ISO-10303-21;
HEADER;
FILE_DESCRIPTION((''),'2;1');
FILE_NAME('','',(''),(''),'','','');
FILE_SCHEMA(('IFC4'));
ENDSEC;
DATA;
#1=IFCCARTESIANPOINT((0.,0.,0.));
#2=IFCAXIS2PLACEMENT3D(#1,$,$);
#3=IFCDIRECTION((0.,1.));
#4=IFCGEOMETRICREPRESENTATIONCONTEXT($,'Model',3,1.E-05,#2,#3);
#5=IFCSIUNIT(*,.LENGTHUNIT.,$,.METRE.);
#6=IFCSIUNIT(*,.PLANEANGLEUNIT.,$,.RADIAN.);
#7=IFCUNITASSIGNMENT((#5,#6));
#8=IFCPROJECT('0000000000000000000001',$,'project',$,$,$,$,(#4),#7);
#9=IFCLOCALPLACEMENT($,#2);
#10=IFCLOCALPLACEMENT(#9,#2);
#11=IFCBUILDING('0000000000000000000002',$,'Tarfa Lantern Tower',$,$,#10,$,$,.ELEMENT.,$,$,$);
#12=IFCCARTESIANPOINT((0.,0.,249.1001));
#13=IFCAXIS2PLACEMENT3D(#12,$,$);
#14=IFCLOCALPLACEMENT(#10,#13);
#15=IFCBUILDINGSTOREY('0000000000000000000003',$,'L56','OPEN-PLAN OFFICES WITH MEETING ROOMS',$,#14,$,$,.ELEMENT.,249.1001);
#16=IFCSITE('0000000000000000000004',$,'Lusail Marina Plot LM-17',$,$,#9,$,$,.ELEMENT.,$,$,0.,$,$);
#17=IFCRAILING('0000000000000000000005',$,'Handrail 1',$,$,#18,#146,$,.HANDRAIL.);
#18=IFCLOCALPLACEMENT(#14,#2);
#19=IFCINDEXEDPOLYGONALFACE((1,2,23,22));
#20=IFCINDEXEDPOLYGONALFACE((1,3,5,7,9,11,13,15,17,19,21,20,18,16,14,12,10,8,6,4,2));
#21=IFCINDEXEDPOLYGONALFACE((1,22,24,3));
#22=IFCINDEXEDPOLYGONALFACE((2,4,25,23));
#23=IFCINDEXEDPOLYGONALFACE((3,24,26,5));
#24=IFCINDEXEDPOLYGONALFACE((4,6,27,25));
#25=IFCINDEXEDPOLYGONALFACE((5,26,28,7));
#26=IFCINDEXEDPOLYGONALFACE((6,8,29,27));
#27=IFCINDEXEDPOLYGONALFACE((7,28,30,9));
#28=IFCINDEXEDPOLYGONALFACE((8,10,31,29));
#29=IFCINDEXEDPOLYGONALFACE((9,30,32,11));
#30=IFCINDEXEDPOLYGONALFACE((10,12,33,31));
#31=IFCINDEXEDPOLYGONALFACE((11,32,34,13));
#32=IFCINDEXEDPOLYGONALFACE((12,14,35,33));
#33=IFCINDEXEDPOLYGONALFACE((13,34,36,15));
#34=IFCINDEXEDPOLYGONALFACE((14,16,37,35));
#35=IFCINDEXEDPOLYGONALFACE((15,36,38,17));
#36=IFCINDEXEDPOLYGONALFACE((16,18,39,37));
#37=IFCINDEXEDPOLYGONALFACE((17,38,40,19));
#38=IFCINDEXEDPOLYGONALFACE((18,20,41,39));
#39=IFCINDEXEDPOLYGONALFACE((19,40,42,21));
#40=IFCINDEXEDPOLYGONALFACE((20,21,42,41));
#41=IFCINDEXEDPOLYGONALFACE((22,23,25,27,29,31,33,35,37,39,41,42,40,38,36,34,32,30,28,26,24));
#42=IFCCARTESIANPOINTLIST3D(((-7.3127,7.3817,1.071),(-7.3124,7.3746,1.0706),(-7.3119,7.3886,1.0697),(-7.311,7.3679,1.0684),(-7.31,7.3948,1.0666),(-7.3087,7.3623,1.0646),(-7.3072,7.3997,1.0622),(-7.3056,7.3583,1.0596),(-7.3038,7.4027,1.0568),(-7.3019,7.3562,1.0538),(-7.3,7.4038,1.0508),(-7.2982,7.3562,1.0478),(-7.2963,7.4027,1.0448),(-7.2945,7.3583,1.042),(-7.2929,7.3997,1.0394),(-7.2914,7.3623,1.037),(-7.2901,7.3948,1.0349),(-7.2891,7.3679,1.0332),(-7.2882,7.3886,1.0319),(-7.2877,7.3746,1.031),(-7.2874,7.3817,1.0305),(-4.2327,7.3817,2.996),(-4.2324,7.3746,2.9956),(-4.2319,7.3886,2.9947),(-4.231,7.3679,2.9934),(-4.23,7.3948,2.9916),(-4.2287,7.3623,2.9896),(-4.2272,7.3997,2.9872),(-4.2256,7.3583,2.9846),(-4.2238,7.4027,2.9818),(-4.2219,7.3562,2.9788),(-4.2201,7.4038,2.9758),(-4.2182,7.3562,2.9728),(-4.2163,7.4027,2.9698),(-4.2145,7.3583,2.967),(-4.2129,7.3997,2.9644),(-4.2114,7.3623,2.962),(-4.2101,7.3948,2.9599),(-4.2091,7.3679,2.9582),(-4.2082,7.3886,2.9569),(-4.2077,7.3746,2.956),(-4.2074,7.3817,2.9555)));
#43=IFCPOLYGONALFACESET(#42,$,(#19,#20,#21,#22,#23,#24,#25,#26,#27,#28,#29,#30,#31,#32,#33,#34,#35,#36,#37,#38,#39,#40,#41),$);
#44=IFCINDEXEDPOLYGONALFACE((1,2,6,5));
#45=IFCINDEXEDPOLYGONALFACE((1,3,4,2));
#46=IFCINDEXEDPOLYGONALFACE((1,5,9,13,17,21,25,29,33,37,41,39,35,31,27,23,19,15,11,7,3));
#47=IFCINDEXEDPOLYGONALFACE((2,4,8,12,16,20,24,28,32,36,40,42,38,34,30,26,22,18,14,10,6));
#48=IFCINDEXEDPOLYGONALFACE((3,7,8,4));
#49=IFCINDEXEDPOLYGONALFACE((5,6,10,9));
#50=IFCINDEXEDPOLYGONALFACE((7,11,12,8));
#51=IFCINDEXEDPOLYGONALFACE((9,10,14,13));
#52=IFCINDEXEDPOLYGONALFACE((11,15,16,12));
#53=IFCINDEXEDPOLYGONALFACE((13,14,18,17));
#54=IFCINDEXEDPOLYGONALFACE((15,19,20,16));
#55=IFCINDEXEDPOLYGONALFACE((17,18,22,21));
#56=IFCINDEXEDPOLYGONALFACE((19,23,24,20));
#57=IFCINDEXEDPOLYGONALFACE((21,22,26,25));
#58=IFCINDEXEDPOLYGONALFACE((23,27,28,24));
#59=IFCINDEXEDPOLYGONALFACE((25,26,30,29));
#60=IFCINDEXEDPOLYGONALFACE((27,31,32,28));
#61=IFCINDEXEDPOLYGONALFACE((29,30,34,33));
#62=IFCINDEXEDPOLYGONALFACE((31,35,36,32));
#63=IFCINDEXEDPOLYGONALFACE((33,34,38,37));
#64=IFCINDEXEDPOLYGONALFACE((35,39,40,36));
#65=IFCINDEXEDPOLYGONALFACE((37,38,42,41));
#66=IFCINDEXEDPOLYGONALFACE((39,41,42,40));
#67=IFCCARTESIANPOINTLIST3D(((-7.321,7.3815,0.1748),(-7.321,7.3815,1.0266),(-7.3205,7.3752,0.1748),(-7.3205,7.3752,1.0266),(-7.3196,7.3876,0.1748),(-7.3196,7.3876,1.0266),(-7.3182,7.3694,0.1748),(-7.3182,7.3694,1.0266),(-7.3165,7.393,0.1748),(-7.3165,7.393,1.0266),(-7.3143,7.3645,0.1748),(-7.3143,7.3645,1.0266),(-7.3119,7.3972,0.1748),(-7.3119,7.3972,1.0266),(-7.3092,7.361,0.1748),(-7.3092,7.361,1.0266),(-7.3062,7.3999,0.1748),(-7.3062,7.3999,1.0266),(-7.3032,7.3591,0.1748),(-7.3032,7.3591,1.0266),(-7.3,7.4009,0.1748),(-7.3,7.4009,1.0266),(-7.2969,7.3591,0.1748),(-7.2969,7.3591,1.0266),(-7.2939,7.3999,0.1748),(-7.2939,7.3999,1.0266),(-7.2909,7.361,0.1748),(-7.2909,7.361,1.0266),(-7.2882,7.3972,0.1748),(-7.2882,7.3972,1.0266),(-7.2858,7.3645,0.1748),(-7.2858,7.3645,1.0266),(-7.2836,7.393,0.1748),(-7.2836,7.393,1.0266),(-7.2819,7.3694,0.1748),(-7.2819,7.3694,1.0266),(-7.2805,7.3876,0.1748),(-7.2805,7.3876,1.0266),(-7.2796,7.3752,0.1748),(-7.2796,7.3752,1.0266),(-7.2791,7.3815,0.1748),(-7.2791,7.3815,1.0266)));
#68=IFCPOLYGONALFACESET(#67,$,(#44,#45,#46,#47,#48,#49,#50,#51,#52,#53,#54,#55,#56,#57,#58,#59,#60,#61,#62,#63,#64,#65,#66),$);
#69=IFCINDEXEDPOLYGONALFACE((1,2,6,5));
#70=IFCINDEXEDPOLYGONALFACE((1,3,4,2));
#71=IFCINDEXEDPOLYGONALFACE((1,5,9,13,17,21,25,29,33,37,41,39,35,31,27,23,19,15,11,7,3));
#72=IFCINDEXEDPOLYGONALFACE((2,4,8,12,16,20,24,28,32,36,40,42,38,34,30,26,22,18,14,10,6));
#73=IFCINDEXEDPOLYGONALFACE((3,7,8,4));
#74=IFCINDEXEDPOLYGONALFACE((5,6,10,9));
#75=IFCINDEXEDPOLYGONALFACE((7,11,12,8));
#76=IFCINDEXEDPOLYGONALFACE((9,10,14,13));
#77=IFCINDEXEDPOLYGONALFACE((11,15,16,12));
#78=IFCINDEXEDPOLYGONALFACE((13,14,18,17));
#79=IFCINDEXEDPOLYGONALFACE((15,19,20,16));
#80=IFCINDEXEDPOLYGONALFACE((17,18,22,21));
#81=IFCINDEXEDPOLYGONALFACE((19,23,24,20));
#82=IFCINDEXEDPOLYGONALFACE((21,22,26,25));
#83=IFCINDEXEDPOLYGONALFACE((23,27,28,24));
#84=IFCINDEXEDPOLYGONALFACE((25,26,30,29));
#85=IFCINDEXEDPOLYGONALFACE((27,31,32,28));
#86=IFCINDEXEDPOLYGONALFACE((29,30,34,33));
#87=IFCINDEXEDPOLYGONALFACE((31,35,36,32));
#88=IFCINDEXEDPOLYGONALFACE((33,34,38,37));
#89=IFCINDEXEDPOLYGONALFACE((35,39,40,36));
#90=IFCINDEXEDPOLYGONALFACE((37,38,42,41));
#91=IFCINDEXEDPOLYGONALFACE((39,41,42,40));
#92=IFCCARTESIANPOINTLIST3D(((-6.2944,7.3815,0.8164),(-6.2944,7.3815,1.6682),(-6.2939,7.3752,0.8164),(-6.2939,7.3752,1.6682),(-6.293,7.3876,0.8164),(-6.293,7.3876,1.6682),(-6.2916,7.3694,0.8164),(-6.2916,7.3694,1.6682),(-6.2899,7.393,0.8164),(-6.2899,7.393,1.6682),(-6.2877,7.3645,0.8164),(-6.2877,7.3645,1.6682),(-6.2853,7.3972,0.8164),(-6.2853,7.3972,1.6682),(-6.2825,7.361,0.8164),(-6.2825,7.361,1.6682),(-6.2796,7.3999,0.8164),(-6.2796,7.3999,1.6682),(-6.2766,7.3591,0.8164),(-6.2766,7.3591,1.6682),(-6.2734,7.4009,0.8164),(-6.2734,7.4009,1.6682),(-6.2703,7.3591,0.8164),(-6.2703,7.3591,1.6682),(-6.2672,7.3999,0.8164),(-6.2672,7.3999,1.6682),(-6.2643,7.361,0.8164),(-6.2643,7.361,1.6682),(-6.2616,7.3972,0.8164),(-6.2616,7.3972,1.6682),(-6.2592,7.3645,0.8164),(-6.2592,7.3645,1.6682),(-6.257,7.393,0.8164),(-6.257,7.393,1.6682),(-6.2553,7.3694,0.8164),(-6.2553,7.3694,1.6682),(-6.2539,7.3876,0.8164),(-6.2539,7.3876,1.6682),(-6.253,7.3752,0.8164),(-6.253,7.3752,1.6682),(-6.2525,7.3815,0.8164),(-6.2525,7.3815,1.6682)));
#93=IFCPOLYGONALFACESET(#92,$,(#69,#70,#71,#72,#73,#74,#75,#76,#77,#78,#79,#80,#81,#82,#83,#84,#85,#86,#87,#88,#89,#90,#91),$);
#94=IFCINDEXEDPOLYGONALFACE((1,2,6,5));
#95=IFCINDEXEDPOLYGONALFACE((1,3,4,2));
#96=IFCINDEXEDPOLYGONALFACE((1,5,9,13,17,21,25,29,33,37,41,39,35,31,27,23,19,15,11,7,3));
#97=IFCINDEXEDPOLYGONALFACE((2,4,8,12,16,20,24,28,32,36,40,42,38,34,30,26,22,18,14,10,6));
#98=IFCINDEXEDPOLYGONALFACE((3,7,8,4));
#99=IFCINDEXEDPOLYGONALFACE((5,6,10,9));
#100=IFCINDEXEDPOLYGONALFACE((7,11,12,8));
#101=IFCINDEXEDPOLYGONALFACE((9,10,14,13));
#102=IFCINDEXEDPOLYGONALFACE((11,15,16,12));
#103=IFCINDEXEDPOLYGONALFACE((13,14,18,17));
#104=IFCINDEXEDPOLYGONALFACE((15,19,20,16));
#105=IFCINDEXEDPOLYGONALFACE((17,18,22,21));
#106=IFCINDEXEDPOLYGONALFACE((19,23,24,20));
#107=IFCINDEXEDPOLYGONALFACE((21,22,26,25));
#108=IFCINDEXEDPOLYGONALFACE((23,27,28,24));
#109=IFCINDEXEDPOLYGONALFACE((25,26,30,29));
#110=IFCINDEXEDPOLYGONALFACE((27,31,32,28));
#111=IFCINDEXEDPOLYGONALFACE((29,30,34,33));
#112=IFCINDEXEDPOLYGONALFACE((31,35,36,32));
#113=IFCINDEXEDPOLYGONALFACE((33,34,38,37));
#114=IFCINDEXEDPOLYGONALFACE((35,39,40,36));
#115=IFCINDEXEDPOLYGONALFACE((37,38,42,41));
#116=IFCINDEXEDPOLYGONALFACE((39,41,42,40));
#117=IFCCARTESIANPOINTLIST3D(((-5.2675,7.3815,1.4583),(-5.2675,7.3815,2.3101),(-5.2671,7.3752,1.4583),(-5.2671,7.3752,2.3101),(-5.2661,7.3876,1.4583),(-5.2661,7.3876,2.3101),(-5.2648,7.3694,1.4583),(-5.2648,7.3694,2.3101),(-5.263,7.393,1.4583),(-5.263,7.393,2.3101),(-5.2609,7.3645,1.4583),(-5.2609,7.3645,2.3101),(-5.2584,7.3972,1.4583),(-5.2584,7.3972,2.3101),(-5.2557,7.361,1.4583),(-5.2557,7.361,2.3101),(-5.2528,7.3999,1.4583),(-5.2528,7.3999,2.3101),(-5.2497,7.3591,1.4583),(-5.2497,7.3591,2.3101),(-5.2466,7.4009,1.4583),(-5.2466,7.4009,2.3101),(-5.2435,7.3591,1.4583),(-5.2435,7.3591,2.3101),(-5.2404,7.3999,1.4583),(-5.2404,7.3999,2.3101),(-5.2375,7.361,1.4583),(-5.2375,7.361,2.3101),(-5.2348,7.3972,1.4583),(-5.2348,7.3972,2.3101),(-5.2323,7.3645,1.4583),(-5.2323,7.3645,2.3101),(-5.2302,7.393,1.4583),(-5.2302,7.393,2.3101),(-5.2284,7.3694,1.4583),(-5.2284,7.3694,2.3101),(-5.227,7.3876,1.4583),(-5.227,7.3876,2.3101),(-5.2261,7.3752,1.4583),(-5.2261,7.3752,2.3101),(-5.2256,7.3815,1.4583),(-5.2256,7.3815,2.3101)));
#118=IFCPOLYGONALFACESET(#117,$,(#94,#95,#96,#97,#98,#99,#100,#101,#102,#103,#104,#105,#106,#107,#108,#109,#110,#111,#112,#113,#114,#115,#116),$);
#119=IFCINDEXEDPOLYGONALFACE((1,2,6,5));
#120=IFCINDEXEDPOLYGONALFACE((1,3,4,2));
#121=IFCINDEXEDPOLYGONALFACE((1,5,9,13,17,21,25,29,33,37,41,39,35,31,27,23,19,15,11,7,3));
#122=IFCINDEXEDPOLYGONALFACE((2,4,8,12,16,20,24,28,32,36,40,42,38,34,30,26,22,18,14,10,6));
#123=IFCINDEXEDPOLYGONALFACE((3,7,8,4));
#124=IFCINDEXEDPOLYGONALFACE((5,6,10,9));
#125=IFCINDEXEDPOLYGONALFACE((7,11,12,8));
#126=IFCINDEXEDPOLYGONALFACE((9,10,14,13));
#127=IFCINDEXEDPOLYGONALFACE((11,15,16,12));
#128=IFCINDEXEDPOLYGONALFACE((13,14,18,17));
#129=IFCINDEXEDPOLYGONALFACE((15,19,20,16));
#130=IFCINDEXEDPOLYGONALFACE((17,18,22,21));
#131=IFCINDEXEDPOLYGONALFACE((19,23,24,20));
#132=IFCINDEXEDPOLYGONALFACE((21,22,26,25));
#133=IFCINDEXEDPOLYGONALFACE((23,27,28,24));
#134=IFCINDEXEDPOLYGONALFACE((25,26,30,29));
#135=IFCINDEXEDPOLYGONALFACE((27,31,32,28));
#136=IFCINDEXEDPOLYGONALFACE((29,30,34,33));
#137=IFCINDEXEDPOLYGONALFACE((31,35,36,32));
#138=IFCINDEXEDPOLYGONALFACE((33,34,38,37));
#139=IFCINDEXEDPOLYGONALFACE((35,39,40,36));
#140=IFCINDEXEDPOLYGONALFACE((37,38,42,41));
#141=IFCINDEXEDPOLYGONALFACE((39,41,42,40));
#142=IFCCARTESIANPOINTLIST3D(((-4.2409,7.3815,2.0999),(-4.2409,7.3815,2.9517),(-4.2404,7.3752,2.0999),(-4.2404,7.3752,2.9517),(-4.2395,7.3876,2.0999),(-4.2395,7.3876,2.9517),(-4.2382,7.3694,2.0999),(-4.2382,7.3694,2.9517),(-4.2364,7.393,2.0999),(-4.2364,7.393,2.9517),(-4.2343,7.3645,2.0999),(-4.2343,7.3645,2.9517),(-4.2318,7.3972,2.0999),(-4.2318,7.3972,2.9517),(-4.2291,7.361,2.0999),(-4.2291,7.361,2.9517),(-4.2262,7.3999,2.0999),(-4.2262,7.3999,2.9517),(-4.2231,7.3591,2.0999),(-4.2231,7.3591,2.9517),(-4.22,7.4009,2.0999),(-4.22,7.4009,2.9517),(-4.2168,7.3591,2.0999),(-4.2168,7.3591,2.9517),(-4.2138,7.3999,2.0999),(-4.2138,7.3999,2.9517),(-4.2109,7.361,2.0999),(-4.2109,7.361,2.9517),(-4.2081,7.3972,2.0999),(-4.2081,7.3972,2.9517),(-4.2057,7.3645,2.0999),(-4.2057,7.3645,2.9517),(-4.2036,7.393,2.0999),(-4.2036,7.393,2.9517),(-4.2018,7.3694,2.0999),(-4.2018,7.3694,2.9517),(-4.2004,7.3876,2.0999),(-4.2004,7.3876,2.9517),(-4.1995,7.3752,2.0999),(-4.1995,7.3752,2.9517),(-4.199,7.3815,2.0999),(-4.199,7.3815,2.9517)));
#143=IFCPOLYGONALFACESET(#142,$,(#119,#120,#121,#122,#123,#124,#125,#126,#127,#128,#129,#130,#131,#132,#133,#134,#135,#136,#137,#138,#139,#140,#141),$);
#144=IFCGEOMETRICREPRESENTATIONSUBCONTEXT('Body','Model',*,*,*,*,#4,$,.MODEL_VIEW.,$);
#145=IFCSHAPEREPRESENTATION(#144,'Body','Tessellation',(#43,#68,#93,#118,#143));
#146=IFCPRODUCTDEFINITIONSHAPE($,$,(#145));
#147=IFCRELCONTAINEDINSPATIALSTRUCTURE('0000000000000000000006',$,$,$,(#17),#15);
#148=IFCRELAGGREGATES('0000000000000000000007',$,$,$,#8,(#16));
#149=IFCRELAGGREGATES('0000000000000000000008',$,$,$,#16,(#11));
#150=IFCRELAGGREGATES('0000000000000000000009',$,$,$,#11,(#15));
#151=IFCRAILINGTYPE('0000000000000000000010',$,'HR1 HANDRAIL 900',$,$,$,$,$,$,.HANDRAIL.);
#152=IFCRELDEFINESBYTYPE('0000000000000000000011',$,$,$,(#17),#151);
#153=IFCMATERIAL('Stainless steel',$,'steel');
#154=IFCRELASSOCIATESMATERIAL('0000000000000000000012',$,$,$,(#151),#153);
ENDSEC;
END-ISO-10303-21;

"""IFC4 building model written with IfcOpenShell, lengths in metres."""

from ifc_helpers import new_model, si_unit, direction, frame, origin, origin_2d, place, context, subcontext, project, spatial, circle, extrude, material, type_object, element, save


model = new_model("IFC4")

# Units and contexts
model_context = context("Model", 3, precision=1e-05, world=origin(), true_north=direction((0.0, 1.0)))
body_context = subcontext(model_context, "Body", "Model", "MODEL_VIEW")
ifc_project = project(units=[si_unit("LENGTHUNIT", "METRE"), si_unit("PLANEANGLEUNIT", "RADIAN")], contexts=[model_context])

# Site, building, storey
site_placement = place(None, origin())
site = spatial("IfcSite", under=ifc_project, at=site_placement, Name="Lusail Marina Plot LM-17", CompositionType="ELEMENT", RefElevation=0.0)
building_placement = place(site_placement, origin())
building = spatial("IfcBuilding", under=site, at=building_placement, Name="Tarfa Lantern Tower", CompositionType="ELEMENT")
storey_placement = place(building_placement, frame((0.0, 0.0, 249.1001)))
storey = spatial("IfcBuildingStorey", under=building, at=storey_placement, Name="L56", Description="OPEN-PLAN OFFICES WITH MEETING ROOMS", CompositionType="ELEMENT", Elevation=249.1001)

# Railing
ifc_material_1 = material(Name="Stainless steel", Category="steel")
railing_type = type_object("IfcRailingType", Name="HR1 HANDRAIL 900", PredefinedType="HANDRAIL", material=ifc_material_1)
railing_1_placement = place(storey_placement, frame((-7.3, 7.3799, 0.1748)))
element("IfcRailing", 1, at=railing_1_placement, inside=storey, type_object=railing_type, Name="Handrail 1", PredefinedType="HANDRAIL", context=body_context, shape_type="SweptSolid", body=[
    extrude(circle(Radius=0.0239, at=origin_2d()), frame((0.0, 0.0, 0.876), z_axis=(0.847998, 0.0, 0.529999), x_axis=(0.0, 1.0, 0.0)), (0.0, 0.0, 1.0), 3.6321),
    extrude(circle(Radius=0.021, at=origin_2d()), frame((0.0, 0.0, 0.0), z_axis=(0.0, 0.0, 1.0), x_axis=(0.0, 1.0, 0.0)), (0.0, 0.0, 1.0), 0.8518),
    extrude(circle(Radius=0.021, at=origin_2d()), frame((1.0266, 0.0, 0.6416), z_axis=(0.0, 0.0, 1.0), x_axis=(0.0, 1.0, 0.0)), (0.0, 0.0, 1.0), 0.8518),
    extrude(circle(Radius=0.021, at=origin_2d()), frame((2.0535, 0.0, 1.2834), z_axis=(0.0, 0.0, 1.0), x_axis=(0.0, 1.0, 0.0)), (0.0, 0.0, 1.0), 0.8518),
    extrude(circle(Radius=0.021, at=origin_2d()), frame((3.0801, 0.0, 1.925), z_axis=(0.0, 0.0, 1.0), x_axis=(0.0, 1.0, 0.0)), (0.0, 0.0, 1.0), 0.8518),
])

save(model, "model.ifc")
